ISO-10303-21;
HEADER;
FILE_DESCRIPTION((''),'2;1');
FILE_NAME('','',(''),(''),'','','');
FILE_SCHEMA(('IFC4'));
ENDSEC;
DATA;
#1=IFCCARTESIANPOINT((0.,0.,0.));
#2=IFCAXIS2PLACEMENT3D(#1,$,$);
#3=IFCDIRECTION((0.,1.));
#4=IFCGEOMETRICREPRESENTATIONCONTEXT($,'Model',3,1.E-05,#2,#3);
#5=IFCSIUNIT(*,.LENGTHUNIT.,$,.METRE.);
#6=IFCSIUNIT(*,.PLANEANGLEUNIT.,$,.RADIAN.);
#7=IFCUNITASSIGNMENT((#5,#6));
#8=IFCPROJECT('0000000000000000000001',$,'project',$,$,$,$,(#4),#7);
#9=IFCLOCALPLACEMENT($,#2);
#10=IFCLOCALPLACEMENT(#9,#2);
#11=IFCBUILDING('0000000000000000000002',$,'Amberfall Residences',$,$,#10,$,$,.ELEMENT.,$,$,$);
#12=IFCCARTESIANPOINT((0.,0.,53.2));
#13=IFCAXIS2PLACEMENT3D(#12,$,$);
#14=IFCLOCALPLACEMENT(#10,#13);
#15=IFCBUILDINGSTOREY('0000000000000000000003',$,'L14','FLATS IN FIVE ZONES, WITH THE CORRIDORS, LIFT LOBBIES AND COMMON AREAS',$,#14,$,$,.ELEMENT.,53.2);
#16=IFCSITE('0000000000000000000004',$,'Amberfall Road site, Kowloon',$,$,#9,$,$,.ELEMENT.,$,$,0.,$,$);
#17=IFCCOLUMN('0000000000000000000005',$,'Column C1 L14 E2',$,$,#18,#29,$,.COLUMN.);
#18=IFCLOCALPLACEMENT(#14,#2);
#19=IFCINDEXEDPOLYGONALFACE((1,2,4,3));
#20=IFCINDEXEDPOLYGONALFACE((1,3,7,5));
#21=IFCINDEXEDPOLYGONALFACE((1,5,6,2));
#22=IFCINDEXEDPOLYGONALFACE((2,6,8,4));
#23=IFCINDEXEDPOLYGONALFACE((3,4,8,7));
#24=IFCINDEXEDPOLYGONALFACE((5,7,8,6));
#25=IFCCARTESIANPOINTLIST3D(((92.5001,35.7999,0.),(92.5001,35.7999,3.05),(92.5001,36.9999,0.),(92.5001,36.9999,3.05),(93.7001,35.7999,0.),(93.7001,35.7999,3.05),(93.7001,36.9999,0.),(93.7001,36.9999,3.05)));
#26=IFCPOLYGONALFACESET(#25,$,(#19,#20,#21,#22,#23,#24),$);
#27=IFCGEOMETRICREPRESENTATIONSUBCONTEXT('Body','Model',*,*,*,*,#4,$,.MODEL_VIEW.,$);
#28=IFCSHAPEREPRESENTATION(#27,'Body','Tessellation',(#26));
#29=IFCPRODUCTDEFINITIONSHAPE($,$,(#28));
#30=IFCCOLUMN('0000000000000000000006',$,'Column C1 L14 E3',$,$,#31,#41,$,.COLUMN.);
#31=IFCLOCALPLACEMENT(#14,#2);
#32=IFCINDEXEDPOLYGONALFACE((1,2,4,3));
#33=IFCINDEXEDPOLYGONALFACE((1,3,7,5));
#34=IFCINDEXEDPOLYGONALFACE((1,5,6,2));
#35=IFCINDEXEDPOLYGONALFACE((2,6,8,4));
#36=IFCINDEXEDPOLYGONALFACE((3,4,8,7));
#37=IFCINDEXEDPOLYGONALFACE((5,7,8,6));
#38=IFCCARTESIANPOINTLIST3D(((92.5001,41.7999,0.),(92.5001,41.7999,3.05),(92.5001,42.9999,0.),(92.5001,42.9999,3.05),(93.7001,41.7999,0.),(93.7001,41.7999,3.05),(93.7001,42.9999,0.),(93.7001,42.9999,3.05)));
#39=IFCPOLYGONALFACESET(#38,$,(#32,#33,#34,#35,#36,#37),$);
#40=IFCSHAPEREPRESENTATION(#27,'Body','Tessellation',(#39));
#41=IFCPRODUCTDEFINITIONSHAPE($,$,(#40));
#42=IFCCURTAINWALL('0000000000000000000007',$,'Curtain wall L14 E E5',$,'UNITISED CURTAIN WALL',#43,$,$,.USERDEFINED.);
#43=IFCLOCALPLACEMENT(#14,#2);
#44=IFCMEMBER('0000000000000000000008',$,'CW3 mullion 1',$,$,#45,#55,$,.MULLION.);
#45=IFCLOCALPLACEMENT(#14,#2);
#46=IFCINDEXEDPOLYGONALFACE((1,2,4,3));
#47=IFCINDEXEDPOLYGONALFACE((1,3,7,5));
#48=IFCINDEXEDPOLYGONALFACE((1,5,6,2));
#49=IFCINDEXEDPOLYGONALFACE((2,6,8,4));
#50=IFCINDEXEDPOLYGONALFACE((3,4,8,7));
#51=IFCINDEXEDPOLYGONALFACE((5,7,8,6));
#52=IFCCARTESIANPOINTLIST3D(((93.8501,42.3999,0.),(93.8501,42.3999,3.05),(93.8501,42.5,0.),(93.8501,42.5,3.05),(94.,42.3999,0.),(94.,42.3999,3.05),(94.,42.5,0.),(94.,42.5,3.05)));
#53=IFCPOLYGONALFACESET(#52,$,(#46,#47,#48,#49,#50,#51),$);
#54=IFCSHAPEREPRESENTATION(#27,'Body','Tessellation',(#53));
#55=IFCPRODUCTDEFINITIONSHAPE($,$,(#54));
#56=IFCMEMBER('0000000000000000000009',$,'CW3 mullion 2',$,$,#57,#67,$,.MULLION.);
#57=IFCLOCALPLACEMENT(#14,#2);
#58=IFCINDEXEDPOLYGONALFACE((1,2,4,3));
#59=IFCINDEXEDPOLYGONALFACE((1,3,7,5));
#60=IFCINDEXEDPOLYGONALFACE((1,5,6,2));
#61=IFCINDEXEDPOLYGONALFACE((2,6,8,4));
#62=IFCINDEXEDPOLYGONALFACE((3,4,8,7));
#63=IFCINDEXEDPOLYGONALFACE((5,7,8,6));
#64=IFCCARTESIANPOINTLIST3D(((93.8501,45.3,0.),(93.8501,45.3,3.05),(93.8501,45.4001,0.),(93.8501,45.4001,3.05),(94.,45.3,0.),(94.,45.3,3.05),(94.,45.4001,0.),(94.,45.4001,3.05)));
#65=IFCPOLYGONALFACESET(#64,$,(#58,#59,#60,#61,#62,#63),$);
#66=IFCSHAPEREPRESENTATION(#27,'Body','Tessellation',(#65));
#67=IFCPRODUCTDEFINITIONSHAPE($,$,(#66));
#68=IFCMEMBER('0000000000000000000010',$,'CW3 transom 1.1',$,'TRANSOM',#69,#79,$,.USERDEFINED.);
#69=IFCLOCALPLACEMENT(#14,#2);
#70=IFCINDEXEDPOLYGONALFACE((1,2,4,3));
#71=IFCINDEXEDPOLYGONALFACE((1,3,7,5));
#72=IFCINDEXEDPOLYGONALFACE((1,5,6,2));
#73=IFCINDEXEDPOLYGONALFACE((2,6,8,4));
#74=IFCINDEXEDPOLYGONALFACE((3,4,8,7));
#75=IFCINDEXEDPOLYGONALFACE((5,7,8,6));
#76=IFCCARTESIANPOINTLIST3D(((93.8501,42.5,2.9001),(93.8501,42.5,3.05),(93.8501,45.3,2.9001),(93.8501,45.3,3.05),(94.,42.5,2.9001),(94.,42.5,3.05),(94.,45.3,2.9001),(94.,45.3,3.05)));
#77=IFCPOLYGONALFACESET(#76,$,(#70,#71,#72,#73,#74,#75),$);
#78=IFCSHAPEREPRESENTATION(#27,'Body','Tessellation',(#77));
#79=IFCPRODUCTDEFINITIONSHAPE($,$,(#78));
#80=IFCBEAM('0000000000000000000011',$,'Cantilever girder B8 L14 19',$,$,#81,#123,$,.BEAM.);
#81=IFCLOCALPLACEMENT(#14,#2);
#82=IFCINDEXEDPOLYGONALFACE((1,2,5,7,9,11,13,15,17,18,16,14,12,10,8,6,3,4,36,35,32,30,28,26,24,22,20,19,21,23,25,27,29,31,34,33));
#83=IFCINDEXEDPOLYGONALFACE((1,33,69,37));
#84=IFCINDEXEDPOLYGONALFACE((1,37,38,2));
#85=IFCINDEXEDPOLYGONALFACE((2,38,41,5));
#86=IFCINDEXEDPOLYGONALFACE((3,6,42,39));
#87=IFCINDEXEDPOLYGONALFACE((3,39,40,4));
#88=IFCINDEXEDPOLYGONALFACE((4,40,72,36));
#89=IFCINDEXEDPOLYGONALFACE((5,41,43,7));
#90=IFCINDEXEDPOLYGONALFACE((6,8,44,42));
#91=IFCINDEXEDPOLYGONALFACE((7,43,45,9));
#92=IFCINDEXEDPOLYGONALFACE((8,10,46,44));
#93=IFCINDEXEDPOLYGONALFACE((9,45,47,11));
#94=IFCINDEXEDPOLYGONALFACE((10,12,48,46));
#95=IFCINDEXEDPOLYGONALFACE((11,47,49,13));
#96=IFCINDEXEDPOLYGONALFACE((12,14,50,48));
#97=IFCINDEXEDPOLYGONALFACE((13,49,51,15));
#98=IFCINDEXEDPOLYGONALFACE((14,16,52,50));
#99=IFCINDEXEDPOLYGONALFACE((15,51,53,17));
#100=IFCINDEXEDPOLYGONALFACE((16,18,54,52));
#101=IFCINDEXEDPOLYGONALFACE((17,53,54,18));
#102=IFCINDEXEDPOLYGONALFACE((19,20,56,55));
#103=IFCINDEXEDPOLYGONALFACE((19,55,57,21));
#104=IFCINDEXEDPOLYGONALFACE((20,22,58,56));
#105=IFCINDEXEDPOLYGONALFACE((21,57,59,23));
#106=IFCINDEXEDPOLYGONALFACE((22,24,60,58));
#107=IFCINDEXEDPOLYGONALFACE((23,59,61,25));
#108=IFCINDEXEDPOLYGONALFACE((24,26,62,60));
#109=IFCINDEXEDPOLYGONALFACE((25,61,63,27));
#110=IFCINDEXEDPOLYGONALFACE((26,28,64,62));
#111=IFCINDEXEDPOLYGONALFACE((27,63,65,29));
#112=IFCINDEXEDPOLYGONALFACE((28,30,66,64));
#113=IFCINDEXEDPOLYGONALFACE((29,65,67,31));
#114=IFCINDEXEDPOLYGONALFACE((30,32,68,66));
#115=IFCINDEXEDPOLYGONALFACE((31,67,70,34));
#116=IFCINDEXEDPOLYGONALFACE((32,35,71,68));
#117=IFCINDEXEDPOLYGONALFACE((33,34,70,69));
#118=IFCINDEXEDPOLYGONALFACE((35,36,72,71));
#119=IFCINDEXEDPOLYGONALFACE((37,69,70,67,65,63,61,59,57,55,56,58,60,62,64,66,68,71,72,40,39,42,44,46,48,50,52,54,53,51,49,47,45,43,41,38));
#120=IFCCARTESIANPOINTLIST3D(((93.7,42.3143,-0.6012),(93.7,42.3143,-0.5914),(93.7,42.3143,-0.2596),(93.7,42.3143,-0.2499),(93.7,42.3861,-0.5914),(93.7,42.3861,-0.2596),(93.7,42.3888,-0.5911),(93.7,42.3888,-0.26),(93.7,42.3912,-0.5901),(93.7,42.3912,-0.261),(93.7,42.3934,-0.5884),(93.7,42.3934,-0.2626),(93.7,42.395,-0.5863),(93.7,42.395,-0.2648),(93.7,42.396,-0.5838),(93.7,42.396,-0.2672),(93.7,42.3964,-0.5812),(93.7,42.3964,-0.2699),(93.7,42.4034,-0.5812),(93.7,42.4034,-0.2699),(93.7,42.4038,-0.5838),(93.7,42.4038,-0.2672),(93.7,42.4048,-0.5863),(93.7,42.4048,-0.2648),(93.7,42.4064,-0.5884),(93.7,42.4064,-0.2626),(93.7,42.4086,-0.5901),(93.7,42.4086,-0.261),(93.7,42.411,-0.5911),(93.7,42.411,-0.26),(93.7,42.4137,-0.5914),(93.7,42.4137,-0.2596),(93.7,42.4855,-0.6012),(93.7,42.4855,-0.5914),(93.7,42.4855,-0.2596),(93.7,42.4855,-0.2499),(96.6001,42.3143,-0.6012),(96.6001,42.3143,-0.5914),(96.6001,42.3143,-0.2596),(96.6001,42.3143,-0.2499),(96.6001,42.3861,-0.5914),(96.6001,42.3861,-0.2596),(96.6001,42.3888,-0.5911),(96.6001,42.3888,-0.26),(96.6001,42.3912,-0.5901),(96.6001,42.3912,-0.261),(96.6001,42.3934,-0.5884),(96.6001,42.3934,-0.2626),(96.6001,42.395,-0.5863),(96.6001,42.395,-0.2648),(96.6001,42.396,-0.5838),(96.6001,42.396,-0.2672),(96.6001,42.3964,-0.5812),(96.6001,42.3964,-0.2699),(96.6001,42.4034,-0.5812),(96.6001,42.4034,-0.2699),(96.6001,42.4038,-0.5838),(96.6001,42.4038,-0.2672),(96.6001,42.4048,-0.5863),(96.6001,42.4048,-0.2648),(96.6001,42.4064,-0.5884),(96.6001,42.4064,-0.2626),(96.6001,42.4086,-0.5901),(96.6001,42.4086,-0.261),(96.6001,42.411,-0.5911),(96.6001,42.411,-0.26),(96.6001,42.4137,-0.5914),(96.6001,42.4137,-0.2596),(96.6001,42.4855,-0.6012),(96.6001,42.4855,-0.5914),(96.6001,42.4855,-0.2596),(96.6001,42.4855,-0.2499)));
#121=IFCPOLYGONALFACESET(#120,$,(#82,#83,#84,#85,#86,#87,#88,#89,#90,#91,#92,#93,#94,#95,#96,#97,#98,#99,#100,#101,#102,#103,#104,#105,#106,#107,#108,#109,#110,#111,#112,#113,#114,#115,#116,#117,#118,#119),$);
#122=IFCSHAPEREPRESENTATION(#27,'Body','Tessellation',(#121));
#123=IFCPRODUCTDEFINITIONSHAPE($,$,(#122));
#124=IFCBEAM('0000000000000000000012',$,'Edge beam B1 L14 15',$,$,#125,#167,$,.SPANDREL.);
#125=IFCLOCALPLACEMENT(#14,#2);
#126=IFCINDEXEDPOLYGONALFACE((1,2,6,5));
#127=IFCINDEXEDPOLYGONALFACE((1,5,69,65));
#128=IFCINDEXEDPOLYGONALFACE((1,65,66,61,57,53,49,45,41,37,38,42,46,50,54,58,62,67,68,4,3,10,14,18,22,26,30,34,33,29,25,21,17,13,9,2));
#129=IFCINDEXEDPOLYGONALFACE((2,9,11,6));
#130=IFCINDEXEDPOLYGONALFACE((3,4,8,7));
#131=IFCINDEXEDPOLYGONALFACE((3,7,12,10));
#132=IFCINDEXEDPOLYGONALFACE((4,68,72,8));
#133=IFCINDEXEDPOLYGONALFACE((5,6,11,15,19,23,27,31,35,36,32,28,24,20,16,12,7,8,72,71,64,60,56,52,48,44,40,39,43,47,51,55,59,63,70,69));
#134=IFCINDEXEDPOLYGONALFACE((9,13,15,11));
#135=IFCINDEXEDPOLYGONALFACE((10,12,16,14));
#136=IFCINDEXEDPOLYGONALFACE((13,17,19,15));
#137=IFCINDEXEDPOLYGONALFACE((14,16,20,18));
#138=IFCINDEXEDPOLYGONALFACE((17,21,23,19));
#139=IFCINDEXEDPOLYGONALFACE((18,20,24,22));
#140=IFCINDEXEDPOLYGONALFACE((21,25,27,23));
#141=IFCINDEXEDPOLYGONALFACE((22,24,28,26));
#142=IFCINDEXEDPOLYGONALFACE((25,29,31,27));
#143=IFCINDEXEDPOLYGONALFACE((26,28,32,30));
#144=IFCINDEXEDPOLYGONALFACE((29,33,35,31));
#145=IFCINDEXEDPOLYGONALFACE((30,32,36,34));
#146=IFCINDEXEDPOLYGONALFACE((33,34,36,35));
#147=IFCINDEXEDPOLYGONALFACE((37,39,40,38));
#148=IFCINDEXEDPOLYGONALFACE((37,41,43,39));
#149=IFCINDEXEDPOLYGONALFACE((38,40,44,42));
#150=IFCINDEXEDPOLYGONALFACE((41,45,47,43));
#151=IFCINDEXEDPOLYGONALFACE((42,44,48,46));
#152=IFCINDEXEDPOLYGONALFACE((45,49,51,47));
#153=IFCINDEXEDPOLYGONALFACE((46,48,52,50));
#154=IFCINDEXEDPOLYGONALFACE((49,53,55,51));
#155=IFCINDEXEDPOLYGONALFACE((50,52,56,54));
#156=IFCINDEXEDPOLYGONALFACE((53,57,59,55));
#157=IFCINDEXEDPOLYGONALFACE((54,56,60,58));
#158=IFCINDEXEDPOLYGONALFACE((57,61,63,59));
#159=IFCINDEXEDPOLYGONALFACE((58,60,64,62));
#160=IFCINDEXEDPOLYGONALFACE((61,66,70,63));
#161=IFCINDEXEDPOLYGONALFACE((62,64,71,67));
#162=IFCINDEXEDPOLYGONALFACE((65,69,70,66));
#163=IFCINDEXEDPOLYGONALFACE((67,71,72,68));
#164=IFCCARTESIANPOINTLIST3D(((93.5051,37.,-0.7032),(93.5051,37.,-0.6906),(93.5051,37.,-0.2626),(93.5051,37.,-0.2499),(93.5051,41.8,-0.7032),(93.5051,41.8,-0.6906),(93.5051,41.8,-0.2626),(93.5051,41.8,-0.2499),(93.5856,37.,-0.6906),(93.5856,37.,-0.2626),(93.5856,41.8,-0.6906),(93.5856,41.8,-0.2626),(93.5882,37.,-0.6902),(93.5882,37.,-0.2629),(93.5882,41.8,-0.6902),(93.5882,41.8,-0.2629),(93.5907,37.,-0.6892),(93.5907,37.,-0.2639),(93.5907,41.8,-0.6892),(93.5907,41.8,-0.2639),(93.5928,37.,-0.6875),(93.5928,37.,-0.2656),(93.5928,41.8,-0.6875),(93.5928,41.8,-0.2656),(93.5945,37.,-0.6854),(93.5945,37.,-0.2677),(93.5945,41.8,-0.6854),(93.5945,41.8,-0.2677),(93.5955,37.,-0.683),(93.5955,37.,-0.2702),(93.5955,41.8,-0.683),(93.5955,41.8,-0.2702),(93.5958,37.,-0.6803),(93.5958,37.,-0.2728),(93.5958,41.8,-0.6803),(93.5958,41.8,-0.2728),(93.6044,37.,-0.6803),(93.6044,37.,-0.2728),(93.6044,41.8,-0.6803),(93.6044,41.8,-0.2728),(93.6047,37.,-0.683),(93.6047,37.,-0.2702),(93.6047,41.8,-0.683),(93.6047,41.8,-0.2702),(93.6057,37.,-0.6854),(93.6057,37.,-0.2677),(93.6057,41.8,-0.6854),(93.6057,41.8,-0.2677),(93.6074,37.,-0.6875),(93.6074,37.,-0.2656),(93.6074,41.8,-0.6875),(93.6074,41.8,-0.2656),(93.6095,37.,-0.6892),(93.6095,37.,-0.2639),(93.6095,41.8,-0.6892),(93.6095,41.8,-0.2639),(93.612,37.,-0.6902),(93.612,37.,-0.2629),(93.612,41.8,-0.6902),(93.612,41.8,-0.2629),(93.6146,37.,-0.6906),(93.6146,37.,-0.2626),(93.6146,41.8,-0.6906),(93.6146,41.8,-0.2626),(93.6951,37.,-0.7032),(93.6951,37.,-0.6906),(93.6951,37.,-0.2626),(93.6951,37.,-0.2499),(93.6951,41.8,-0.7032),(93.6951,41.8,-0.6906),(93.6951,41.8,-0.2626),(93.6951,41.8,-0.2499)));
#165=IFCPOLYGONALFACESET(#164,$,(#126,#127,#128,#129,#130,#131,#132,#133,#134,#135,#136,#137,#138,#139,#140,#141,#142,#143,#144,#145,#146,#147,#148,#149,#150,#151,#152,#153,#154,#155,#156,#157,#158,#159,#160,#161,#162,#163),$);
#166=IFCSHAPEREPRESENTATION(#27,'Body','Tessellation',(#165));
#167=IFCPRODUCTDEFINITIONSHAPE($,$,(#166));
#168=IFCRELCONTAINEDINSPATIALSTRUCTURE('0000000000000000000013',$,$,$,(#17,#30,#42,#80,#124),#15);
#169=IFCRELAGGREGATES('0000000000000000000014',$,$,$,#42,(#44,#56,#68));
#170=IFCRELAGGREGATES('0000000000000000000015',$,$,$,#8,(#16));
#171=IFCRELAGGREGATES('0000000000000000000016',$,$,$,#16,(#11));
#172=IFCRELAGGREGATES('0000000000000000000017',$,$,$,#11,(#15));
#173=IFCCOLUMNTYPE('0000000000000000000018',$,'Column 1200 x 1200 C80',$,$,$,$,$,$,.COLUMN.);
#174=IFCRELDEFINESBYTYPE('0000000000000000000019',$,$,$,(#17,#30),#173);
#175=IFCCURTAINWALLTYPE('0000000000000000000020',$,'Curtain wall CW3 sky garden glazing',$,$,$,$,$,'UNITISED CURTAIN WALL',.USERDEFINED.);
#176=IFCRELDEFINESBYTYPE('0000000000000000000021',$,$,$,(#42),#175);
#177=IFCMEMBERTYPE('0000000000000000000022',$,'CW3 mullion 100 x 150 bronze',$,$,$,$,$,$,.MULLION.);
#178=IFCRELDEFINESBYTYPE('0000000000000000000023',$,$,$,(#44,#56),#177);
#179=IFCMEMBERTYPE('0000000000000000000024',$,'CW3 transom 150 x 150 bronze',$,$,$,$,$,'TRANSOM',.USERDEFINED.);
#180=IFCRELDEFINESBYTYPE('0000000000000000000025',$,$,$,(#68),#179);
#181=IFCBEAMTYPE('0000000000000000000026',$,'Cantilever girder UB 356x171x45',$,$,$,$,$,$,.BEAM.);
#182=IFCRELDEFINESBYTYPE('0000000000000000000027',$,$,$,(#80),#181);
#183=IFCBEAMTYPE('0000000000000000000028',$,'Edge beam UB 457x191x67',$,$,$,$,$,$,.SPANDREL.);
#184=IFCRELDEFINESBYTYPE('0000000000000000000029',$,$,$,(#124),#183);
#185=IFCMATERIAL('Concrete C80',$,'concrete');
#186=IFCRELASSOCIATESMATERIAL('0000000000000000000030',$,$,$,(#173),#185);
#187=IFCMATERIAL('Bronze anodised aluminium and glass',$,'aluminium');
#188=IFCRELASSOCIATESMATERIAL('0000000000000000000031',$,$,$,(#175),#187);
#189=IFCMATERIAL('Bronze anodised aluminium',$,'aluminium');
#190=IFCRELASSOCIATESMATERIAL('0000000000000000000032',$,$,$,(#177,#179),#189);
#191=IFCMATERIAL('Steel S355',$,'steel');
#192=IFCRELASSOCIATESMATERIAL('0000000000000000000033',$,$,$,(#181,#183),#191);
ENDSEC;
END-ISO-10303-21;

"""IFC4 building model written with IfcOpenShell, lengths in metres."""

from ifc_helpers import new_model, si_unit, direction, frame, origin, origin_2d, place, context, subcontext, project, spatial, rectangle, i_section, extrude, material, material_profile, profile_set, type_object, element, aggregate, save


model = new_model("IFC4")

# Units and contexts
model_context = context("Model", 3, precision=1e-05, world=origin(), true_north=direction((0.0, 1.0)))
body_context = subcontext(model_context, "Body", "Model", "MODEL_VIEW")
ifc_project = project(units=[si_unit("LENGTHUNIT", "METRE"), si_unit("PLANEANGLEUNIT", "RADIAN")], contexts=[model_context])

# Site, building, storey
site_placement = place(None, origin())
site = spatial("IfcSite", under=ifc_project, at=site_placement, Name="Amberfall Road site, Kowloon", CompositionType="ELEMENT", RefElevation=0.0)
building_placement = place(site_placement, origin())
building = spatial("IfcBuilding", under=site, at=building_placement, Name="Amberfall Residences", CompositionType="ELEMENT")
storey_placement = place(building_placement, frame((0.0, 0.0, 53.2)))
storey = spatial("IfcBuildingStorey", under=building, at=storey_placement, Name="L14", Description="FLATS IN FIVE ZONES, WITH THE CORRIDORS, LIFT LOBBIES AND COMMON AREAS", CompositionType="ELEMENT", Elevation=53.2)

# Columns
ifc_material_1 = material(Name="Concrete C80", Category="concrete")
ifc_material_profile_1 = material_profile(ifc_material_1, rectangle(XDim=1.2, YDim=1.2, at=origin_2d()), Name="Column 1200 x 1200 C80")
ifc_profile_set_1 = profile_set([ifc_material_profile_1], Name="Concrete C80")
column_type = type_object("IfcColumnType", Name="Column 1200 x 1200 C80", PredefinedType="COLUMN", material=ifc_profile_set_1)
for number, where, z_axis, x_axis, name in (
    (1, (93.1001, 36.3999, 0.0), (0.0, 0.0, 1.0), (1.0, 0.0, 0.0), "Column C1 L14 E2"),
    (2, (93.1001, 42.3999, 0.0), (0.0, 0.0, 1.0), (1.0, 0.0, 0.0), "Column C1 L14 E3"),
):
    element("IfcColumn", number, at=place(storey_placement, frame(where, z_axis=z_axis, x_axis=x_axis)), inside=storey, type_object=column_type, Name=name, PredefinedType="COLUMN", context=body_context, shape_type="SweptSolid", body=[
        extrude(rectangle(XDim=1.2, YDim=1.2, at=origin_2d()), origin(), (0.0, 0.0, 1.0), 3.05),
    ])

# Curtain wall, members
ifc_material_2 = material(Name="Bronze anodised aluminium and glass", Category="aluminium")
curtain_wall_type = type_object("IfcCurtainWallType", Name="Curtain wall CW3 sky garden glazing", ElementType="UNITISED CURTAIN WALL", PredefinedType="USERDEFINED", material=ifc_material_2)
curtain_wall_placement = place(storey_placement, origin())
curtain_wall = element("IfcCurtainWall", 3, at=curtain_wall_placement, inside=storey, type_object=curtain_wall_type, Name="Curtain wall L14 E E5", ObjectType="UNITISED CURTAIN WALL", PredefinedType="USERDEFINED")
ifc_material_3 = material(Name="Bronze anodised aluminium", Category="aluminium")
ifc_material_profile_2 = material_profile(ifc_material_3, rectangle(XDim=0.1499, YDim=0.1001, at=origin_2d()), Name="CW3 mullion 100 x 150 bronze")
ifc_profile_set_2 = profile_set([ifc_material_profile_2], Name="Bronze anodised aluminium")
member_type_1 = type_object("IfcMemberType", Name="CW3 mullion 100 x 150 bronze", PredefinedType="MULLION", material=ifc_profile_set_2)
member_1_placement = place(storey_placement, frame((93.925, 42.45, 0.0), z_axis=(0.0, 0.0, 1.0), x_axis=(-1.0, 0.0, 0.0)))
member_1 = element("IfcMember", 4, at=member_1_placement, type_object=member_type_1, Name="CW3 mullion 1", PredefinedType="MULLION", context=body_context, shape_type="SweptSolid", body=[
    extrude(rectangle(XDim=0.1499, YDim=0.1001, at=origin_2d()), origin(), (0.0, 0.0, 1.0), 3.05),
])
member_2_placement = place(storey_placement, frame((93.925, 45.3501, 0.0), z_axis=(0.0, 0.0, 1.0), x_axis=(-1.0, 0.0, 0.0)))
member_2 = element("IfcMember", 5, at=member_2_placement, type_object=member_type_1, Name="CW3 mullion 2", PredefinedType="MULLION", context=body_context, shape_type="SweptSolid", body=[
    extrude(rectangle(XDim=0.1499, YDim=0.1001, at=origin_2d()), origin(), (0.0, 0.0, 1.0), 3.05),
])
ifc_material_profile_3 = material_profile(ifc_material_3, rectangle(XDim=0.1499, YDim=0.1499, at=origin_2d()), Name="CW3 transom 150 x 150 bronze")
ifc_profile_set_3 = profile_set([ifc_material_profile_3], Name="Bronze anodised aluminium")
member_type_2 = type_object("IfcMemberType", Name="CW3 transom 150 x 150 bronze", ElementType="TRANSOM", PredefinedType="USERDEFINED", material=ifc_profile_set_3)
member_3_placement = place(storey_placement, frame((93.925, 42.5, 2.9751), z_axis=(0.0, 1.0, 0.0), x_axis=(-1.0, 0.0, 0.0)))
member_3 = element("IfcMember", 6, at=member_3_placement, type_object=member_type_2, Name="CW3 transom 1.1", ObjectType="TRANSOM", PredefinedType="USERDEFINED", context=body_context, shape_type="SweptSolid", body=[
    extrude(rectangle(XDim=0.1499, YDim=0.1499, at=origin_2d()), origin(), (0.0, 0.0, 1.0), 2.8),
])

# Beams
ifc_material_4 = material(Name="Steel S355", Category="steel")
ifc_material_profile_4 = material_profile(ifc_material_4, i_section(OverallWidth=0.1711, OverallDepth=0.3513, WebThickness=0.0071, FlangeThickness=0.0098, FilletRadius=0.0103, at=origin_2d()), Name="UB 356x171x45")
ifc_profile_set_4 = profile_set([ifc_material_profile_4], Name="Steel S355")
beam_type_1 = type_object("IfcBeamType", Name="Cantilever girder UB 356x171x45", PredefinedType="BEAM", material=ifc_profile_set_4)
beam_1_placement = place(storey_placement, frame((93.7, 42.3999, -0.4255), z_axis=(1.0, 0.0, 0.0), x_axis=(0.0, 1.0, 0.0)))
element("IfcBeam", 7, at=beam_1_placement, inside=storey, type_object=beam_type_1, Name="Cantilever girder B8 L14 19", PredefinedType="BEAM", context=body_context, shape_type="SweptSolid", body=[
    extrude(i_section(OverallWidth=0.1711, OverallDepth=0.3513, WebThickness=0.0071, FlangeThickness=0.0098, FilletRadius=0.0103, at=origin_2d()), origin(), (0.0, 0.0, 1.0), 2.9001),
])
ifc_material_profile_5 = material_profile(ifc_material_4, i_section(OverallWidth=0.1899, OverallDepth=0.4534, WebThickness=0.0085, FlangeThickness=0.0127, FilletRadius=0.0103, at=origin_2d()), Name="UB 457x191x67")
ifc_profile_set_5 = profile_set([ifc_material_profile_5], Name="Steel S355")
beam_type_2 = type_object("IfcBeamType", Name="Edge beam UB 457x191x67", PredefinedType="SPANDREL", material=ifc_profile_set_5)
beam_2_placement = place(storey_placement, frame((93.6001, 37.0, -0.4766), z_axis=(0.0, 1.0, 0.0), x_axis=(-1.0, 0.0, 0.0)))
element("IfcBeam", 8, at=beam_2_placement, inside=storey, type_object=beam_type_2, Name="Edge beam B1 L14 15", PredefinedType="SPANDREL", context=body_context, shape_type="SweptSolid", body=[
    extrude(i_section(OverallWidth=0.1899, OverallDepth=0.4534, WebThickness=0.0085, FlangeThickness=0.0127, FilletRadius=0.0103, at=origin_2d()), origin(), (0.0, 0.0, 1.0), 4.8),
])

aggregate(curtain_wall, [member_1, member_2, member_3])

save(model, "model.ifc")
